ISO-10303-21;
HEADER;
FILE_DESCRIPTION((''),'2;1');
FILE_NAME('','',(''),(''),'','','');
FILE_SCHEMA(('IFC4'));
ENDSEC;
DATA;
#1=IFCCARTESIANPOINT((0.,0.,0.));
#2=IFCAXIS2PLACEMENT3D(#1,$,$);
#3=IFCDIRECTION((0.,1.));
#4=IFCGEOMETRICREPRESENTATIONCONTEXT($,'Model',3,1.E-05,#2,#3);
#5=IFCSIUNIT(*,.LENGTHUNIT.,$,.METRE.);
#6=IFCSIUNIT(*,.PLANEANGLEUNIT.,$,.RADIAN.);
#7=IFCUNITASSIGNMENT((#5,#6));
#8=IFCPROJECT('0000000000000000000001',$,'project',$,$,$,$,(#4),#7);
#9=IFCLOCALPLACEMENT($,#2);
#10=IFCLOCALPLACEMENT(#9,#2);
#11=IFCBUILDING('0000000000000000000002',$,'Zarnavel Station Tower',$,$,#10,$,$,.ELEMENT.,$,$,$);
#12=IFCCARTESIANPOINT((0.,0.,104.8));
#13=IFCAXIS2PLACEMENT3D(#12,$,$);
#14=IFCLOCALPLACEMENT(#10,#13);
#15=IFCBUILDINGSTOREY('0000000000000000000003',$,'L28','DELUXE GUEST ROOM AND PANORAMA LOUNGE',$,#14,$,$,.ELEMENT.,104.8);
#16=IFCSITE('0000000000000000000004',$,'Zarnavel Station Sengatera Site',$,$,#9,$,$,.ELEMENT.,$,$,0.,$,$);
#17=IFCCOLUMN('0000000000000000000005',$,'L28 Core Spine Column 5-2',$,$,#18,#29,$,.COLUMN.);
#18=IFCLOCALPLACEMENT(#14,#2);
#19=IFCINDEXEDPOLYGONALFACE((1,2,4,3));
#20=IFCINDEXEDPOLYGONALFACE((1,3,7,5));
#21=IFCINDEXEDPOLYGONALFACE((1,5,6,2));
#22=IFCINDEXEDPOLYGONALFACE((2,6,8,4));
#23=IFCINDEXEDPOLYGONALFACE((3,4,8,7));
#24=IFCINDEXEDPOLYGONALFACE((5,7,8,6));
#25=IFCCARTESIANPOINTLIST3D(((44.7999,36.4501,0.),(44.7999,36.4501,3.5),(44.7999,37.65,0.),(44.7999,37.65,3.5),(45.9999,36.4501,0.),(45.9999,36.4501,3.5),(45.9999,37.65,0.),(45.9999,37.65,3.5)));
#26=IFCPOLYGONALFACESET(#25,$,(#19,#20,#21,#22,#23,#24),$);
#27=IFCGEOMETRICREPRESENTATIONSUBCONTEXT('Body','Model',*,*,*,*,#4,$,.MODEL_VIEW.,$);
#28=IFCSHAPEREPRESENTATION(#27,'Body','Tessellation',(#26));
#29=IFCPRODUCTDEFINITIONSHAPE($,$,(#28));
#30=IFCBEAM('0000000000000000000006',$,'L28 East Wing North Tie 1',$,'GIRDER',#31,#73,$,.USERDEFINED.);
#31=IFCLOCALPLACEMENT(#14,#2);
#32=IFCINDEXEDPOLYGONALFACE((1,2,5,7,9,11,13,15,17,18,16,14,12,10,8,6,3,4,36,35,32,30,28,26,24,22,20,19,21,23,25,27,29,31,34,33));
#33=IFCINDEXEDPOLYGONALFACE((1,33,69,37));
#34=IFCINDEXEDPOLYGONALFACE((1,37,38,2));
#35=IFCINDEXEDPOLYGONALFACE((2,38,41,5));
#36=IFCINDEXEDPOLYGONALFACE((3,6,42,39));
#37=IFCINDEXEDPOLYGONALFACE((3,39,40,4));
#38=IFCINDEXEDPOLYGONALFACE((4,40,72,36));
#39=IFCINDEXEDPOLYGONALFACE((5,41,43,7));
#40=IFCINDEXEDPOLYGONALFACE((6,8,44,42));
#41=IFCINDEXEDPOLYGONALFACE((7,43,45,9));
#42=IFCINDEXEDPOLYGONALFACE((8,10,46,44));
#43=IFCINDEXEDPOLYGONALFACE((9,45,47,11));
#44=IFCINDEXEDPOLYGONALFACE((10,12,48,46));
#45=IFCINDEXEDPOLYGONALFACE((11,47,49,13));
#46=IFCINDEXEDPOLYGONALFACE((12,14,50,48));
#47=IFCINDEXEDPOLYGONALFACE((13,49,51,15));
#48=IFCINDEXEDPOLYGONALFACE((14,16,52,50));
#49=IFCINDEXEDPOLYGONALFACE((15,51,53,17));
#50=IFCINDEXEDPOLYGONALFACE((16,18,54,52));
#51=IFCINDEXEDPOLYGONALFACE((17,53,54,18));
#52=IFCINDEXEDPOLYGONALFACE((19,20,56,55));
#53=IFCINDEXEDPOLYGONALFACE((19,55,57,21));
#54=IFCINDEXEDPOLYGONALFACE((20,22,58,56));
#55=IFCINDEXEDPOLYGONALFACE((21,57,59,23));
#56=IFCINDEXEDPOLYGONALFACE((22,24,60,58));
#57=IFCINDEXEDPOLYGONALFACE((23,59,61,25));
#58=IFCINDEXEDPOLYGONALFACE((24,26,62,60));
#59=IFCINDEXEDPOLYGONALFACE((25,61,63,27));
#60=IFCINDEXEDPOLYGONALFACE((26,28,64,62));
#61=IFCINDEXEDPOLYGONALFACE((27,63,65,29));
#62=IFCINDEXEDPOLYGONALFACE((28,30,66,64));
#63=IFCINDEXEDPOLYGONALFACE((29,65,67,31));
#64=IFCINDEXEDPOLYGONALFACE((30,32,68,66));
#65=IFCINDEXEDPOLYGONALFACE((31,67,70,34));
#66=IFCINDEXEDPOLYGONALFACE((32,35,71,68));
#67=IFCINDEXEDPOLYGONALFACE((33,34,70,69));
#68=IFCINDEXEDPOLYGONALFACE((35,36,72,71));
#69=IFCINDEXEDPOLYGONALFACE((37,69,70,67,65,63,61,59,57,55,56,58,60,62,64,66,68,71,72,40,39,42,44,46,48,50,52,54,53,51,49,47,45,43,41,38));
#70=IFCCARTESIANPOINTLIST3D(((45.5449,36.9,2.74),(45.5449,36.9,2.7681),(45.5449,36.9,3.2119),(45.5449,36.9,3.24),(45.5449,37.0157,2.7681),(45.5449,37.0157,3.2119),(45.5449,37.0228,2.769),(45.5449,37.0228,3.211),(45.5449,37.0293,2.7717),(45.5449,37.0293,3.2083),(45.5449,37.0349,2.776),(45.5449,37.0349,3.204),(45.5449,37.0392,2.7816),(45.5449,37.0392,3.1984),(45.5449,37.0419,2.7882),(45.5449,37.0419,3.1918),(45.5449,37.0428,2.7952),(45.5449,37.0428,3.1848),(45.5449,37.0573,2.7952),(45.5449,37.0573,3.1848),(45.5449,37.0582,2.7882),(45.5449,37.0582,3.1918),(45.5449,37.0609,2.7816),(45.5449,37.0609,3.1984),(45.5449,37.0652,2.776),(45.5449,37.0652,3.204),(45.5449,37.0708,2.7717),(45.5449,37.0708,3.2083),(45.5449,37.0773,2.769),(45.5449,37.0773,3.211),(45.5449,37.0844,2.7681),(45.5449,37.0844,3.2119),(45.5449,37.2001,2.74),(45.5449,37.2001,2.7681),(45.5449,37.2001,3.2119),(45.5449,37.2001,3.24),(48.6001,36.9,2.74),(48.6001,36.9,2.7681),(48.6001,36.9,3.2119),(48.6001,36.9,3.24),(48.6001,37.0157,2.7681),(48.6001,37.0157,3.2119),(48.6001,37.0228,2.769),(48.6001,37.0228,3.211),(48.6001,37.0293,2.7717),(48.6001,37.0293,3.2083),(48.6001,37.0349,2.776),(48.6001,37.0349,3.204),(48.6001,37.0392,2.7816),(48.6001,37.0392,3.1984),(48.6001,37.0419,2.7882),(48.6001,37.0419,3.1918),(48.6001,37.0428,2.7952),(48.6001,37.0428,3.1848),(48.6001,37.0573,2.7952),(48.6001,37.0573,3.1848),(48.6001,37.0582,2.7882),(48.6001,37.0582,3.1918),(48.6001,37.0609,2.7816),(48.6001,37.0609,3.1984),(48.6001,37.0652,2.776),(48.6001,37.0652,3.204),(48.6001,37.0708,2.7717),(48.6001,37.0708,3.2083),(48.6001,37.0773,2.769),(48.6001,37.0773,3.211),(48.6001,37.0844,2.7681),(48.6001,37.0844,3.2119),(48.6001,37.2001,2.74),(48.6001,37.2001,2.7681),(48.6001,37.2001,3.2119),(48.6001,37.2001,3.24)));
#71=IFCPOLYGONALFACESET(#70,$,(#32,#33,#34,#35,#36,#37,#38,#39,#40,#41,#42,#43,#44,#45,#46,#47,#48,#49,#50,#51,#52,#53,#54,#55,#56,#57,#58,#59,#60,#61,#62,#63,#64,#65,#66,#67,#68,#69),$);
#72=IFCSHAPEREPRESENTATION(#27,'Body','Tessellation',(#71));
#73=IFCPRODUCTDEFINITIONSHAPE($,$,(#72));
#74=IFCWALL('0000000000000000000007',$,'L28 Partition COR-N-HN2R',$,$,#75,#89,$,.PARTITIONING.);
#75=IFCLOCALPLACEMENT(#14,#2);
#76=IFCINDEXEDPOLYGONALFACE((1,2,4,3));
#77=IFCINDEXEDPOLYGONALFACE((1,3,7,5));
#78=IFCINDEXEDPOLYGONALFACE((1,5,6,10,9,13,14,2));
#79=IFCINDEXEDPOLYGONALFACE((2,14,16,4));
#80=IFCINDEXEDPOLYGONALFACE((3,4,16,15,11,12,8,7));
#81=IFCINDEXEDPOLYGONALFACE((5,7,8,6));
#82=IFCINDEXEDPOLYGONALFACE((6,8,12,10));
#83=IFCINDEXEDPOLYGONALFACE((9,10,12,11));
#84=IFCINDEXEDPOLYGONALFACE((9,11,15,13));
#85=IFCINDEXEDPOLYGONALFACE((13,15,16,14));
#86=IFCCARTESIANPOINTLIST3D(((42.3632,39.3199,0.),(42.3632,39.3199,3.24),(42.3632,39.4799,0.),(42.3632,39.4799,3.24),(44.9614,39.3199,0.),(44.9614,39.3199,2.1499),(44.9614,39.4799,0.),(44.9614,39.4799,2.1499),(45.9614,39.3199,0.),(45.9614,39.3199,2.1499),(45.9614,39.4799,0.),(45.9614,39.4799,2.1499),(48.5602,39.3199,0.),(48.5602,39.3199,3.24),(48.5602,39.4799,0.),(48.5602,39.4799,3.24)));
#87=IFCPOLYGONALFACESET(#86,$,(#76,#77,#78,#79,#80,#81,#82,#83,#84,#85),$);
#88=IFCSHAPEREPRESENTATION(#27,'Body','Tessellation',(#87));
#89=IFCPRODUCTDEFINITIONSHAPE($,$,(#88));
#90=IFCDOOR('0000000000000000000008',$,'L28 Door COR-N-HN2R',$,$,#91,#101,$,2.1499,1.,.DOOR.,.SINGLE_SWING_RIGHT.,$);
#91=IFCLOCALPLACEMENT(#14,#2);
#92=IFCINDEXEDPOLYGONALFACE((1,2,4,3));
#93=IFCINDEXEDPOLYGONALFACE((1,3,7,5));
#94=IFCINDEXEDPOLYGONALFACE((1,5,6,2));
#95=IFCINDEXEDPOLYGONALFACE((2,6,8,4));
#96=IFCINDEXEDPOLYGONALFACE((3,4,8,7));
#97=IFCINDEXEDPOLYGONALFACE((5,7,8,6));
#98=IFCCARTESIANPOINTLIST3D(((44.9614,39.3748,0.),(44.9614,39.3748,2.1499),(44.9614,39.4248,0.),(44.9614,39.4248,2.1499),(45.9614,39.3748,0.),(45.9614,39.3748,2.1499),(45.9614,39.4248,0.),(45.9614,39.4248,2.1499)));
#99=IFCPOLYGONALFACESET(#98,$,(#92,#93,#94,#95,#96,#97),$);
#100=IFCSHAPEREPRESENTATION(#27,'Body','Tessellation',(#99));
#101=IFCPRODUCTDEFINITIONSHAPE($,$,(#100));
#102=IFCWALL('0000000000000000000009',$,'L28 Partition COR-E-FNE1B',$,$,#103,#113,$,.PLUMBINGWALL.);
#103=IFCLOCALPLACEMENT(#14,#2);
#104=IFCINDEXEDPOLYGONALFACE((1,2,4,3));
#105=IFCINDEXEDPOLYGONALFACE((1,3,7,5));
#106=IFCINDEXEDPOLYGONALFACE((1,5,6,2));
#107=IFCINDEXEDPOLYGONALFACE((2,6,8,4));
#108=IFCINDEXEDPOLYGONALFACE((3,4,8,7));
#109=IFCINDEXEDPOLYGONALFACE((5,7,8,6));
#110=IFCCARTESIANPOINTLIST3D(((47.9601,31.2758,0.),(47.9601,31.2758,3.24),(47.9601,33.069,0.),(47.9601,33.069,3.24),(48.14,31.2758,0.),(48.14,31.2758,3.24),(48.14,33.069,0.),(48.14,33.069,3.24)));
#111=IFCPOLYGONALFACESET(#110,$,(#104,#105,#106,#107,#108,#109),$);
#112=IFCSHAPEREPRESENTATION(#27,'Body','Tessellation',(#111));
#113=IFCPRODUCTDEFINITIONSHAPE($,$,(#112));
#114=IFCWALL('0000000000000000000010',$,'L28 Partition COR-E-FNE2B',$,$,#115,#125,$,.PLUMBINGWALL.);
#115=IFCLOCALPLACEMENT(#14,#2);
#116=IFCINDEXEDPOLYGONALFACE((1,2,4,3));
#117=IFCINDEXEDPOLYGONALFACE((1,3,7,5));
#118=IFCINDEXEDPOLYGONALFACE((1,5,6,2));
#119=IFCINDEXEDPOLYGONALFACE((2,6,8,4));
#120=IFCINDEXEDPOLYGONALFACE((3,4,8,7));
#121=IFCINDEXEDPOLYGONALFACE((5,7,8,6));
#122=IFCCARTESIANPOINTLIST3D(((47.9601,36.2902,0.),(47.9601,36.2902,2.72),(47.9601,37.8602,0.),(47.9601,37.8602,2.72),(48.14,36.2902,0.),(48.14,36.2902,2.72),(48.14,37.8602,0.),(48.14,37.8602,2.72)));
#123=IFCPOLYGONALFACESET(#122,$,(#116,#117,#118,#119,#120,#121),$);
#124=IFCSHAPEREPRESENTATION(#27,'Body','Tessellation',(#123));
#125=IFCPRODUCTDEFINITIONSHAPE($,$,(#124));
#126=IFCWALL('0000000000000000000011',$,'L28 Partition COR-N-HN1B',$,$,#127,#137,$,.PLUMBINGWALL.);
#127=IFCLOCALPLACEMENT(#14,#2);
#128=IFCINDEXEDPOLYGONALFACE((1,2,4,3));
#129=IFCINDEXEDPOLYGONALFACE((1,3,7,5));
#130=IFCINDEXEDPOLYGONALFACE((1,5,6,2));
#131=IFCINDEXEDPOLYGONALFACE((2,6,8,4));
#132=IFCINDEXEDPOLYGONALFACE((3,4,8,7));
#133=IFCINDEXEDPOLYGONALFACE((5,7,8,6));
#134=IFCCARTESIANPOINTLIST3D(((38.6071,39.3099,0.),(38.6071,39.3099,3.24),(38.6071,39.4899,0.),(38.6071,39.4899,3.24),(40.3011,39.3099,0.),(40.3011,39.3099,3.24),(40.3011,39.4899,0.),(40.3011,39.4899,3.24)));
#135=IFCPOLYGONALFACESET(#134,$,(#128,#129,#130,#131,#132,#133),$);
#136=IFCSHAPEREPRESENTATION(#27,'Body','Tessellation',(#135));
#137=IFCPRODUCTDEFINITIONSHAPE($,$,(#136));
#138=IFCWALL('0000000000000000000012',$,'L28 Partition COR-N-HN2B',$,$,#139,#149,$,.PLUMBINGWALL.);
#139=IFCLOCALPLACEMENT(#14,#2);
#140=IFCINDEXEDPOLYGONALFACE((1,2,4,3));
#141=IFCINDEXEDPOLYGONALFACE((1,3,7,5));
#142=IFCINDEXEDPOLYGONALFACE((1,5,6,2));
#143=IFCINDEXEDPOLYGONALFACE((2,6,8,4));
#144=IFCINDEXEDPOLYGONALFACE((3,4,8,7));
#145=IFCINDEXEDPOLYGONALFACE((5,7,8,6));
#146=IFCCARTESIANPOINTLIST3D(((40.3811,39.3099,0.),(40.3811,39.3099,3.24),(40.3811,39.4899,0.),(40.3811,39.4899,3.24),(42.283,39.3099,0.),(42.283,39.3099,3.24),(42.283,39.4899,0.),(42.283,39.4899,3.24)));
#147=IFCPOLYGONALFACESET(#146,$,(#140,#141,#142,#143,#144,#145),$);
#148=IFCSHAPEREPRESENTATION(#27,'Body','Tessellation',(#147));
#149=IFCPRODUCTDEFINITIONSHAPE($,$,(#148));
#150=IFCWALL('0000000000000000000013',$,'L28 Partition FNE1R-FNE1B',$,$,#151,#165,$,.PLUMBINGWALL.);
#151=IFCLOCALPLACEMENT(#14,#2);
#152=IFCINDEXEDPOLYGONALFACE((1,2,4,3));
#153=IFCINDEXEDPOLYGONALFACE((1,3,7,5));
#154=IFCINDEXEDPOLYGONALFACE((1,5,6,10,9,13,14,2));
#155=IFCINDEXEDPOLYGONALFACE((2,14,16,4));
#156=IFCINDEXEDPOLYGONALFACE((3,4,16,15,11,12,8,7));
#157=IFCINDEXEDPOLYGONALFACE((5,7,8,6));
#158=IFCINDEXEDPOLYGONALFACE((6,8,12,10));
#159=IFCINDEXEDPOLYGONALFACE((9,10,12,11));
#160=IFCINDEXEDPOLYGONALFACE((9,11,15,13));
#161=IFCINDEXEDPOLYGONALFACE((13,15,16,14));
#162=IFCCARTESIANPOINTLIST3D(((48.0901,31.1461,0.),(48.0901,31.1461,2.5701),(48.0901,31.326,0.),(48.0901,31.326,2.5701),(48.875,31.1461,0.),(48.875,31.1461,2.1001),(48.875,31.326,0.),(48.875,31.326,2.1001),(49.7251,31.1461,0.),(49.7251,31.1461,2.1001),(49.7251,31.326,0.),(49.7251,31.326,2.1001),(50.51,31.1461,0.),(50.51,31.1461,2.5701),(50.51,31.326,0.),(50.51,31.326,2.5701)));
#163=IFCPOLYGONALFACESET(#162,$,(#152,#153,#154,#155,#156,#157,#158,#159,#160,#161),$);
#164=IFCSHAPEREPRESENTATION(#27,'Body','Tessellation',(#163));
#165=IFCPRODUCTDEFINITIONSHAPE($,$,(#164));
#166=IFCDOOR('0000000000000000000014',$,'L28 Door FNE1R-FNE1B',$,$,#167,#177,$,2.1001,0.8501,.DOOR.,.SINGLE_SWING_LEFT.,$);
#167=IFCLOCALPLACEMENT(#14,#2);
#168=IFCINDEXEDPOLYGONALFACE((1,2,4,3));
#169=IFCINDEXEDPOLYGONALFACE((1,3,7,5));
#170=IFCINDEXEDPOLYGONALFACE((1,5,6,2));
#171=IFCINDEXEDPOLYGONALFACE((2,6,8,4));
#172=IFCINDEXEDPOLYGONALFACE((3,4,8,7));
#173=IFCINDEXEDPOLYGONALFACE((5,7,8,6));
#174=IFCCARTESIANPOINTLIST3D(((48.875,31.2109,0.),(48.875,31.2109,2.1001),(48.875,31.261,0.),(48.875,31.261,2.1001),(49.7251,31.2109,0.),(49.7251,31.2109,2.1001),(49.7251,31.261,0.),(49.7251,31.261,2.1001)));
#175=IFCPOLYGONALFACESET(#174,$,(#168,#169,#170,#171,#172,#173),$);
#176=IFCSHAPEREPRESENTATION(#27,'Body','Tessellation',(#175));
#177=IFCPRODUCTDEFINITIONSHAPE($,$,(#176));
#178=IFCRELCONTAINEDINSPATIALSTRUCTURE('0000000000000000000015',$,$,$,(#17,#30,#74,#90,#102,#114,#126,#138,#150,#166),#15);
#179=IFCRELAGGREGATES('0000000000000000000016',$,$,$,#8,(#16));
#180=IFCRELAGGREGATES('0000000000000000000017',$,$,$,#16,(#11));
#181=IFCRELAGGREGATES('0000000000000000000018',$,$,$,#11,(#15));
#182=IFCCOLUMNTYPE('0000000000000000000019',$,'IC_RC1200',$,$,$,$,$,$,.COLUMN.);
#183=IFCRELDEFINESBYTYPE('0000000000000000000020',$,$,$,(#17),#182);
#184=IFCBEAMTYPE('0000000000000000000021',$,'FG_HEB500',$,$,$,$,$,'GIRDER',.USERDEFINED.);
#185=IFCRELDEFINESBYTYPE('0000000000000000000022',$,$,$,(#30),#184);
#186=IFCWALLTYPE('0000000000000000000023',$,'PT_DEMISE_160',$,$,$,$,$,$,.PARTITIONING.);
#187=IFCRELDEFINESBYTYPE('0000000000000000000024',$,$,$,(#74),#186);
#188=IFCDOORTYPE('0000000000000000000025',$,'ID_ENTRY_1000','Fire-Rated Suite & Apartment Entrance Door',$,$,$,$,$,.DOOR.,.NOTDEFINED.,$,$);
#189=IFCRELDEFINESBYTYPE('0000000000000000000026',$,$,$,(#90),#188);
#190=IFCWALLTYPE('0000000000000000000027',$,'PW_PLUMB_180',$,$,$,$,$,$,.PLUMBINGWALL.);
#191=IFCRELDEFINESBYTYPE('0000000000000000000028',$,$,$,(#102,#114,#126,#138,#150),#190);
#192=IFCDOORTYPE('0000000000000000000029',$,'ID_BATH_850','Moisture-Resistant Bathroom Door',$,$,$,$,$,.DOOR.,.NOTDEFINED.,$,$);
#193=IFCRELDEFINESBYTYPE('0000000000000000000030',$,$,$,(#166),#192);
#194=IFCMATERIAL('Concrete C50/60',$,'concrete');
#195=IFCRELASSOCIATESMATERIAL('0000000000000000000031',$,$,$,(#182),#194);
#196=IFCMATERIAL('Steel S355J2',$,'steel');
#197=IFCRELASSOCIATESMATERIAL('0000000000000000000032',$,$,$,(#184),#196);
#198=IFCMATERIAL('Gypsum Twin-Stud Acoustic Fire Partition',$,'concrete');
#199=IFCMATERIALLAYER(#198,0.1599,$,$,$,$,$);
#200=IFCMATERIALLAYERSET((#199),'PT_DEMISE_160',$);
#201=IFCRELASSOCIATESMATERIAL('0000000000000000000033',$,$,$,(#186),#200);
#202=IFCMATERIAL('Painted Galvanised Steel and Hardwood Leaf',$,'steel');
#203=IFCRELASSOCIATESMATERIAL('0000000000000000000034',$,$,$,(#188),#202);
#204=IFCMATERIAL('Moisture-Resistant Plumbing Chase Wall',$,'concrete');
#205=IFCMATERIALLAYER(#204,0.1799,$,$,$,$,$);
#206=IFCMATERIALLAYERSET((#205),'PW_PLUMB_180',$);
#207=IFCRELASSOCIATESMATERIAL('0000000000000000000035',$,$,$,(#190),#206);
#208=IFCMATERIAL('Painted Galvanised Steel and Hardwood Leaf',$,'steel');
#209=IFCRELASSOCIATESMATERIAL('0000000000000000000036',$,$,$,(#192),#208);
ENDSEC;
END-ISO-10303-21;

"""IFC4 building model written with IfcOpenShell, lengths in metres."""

from ifc_helpers import new_model, si_unit, direction, frame, frame_2d, origin, origin_2d, place, context, subcontext, project, spatial, rectangle, i_section, extrude, material, layer, layer_set, material_profile, profile_set, type_object, element, fill, save


model = new_model("IFC4")

# Units and contexts
model_context = context("Model", 3, precision=1e-05, world=origin(), true_north=direction((0.0, 1.0)))
body_context = subcontext(model_context, "Body", "Model", "MODEL_VIEW")
ifc_project = project(units=[si_unit("LENGTHUNIT", "METRE"), si_unit("PLANEANGLEUNIT", "RADIAN")], contexts=[model_context])

# Site, building, storey
site_placement = place(None, origin())
site = spatial("IfcSite", under=ifc_project, at=site_placement, Name="Zarnavel Station Sengatera Site", CompositionType="ELEMENT", RefElevation=0.0)
building_placement = place(site_placement, origin())
building = spatial("IfcBuilding", under=site, at=building_placement, Name="Zarnavel Station Tower", CompositionType="ELEMENT")
storey_placement = place(building_placement, frame((0.0, 0.0, 104.8)))
storey = spatial("IfcBuildingStorey", under=building, at=storey_placement, Name="L28", Description="DELUXE GUEST ROOM AND PANORAMA LOUNGE", CompositionType="ELEMENT", Elevation=104.8)

# Column
ifc_material_1 = material(Name="Concrete C50/60", Category="concrete")
ifc_material_profile_1 = material_profile(ifc_material_1, rectangle(XDim=1.2, YDim=1.2, at=origin_2d()), Name="RC1200x1200")
ifc_profile_set_1 = profile_set([ifc_material_profile_1], Name="Concrete C50/60")
column_type = type_object("IfcColumnType", Name="IC_RC1200", PredefinedType="COLUMN", material=ifc_profile_set_1)
column_placement = place(storey_placement, frame((45.3999, 37.05, 0.0), z_axis=(0.0, 0.0, 1.0), x_axis=(1.0, 0.0, 0.0)))
element("IfcColumn", 1, at=column_placement, inside=storey, type_object=column_type, Name="L28 Core Spine Column 5-2", PredefinedType="COLUMN", context=body_context, shape_type="SweptSolid", body=[
    extrude(rectangle(XDim=1.2, YDim=1.2, at=origin_2d()), origin(), (0.0, 0.0, 1.0), 3.5),
])

# Beam
ifc_material_2 = material(Name="Steel S355J2", Category="steel")
ifc_material_profile_2 = material_profile(ifc_material_2, i_section(OverallWidth=0.3, OverallDepth=0.5, WebThickness=0.0144, FlangeThickness=0.0281, FilletRadius=0.0271, at=origin_2d()), Name="HEB500")
ifc_profile_set_2 = profile_set([ifc_material_profile_2], Name="Steel S355J2")
beam_type = type_object("IfcBeamType", Name="FG_HEB500", ElementType="GIRDER", PredefinedType="USERDEFINED", material=ifc_profile_set_2)
beam_placement = place(storey_placement, frame((45.5449, 37.05, 2.99), z_axis=(1.0, 0.0, 0.0), x_axis=(0.0, 1.0, 0.0)))
element("IfcBeam", 2, at=beam_placement, inside=storey, type_object=beam_type, Name="L28 East Wing North Tie 1", ObjectType="GIRDER", PredefinedType="USERDEFINED", context=body_context, shape_type="SweptSolid", body=[
    extrude(i_section(OverallWidth=0.3, OverallDepth=0.5, WebThickness=0.0144, FlangeThickness=0.0281, FilletRadius=0.0271, at=origin_2d()), origin(), (0.0, 0.0, 1.0), 3.0552),
])

# Wall, opening, door
ifc_material_3 = material(Name="Gypsum Twin-Stud Acoustic Fire Partition", Category="concrete")
ifc_layer_1 = layer(ifc_material_3, 0.1599)
ifc_layer_set_1 = layer_set([ifc_layer_1], Name="PT_DEMISE_160")
wall_type_1 = type_object("IfcWallType", Name="PT_DEMISE_160", PredefinedType="PARTITIONING", material=ifc_layer_set_1)
ifc_material_4 = material(Name="Painted Galvanised Steel and Hardwood Leaf", Category="steel")
door_type_1 = type_object("IfcDoorType", Name="ID_ENTRY_1000", Description="Fire-Rated Suite & Apartment Entrance Door", OperationType="NOTDEFINED", PredefinedType="DOOR", material=ifc_material_4)
wall_1_placement = place(storey_placement, frame((42.363, 39.3999, 0.0), z_axis=(0.0, 0.0, 1.0), x_axis=(1.0, 0.0, 0.0)))
wall_1 = element("IfcWall", 3, at=wall_1_placement, inside=storey, type_object=wall_type_1, Name="L28 Partition COR-N-HN2R", PredefinedType="PARTITIONING", context=body_context, shape_type="SweptSolid", body=[
    extrude(rectangle(XDim=6.197, YDim=0.1599, at=frame_2d((3.0986, 0.0))), origin(), (0.0, 0.0, 1.0), 3.24),
])
opening_1_placement = place(wall_1_placement, frame((2.5984, 0.0, 0.0)))
opening_1 = element("IfcOpeningElement", 4, at=opening_1_placement, cuts=wall_1, PredefinedType="OPENING", context=body_context, shape_type="SweptSolid", body=[
    extrude(rectangle(XDim=1.0, YDim=2.1499, at=frame_2d((0.5, 1.075))), frame((0.0, 0.0898, 0.0), z_axis=(0.0, -1.0, 0.0), x_axis=(1.0, 0.0, 0.0)), (0.0, 0.0, 1.0), 0.1799),
])
door_1_placement = place(opening_1_placement, origin())
door_1 = element("IfcDoor", 5, at=door_1_placement, inside=storey, type_object=door_type_1, Name="L28 Door COR-N-HN2R", OperationType="SINGLE_SWING_RIGHT", OverallHeight=2.1499, OverallWidth=1.0, PredefinedType="DOOR", context=body_context, shape_type="SweptSolid", body=[
    extrude(rectangle(XDim=1.0, YDim=2.1499, at=frame_2d((0.5, 1.075))), frame((0.0, 0.0249, 0.0), z_axis=(0.0, -1.0, 0.0), x_axis=(1.0, 0.0, 0.0)), (0.0, 0.0, 1.0), 0.05),
])
fill(opening_1, door_1)

# Walls
ifc_material_5 = material(Name="Moisture-Resistant Plumbing Chase Wall", Category="concrete")
ifc_layer_2 = layer(ifc_material_5, 0.1799)
ifc_layer_set_2 = layer_set([ifc_layer_2], Name="PW_PLUMB_180")
wall_type_2 = type_object("IfcWallType", Name="PW_PLUMB_180", PredefinedType="PLUMBINGWALL", material=ifc_layer_set_2)
wall_2_placement = place(storey_placement, frame((48.05, 31.2759, 0.0), z_axis=(0.0, 0.0, 1.0), x_axis=(0.0, 1.0, 0.0)))
element("IfcWall", 6, at=wall_2_placement, inside=storey, type_object=wall_type_2, Name="L28 Partition COR-E-FNE1B", PredefinedType="PLUMBINGWALL", context=body_context, shape_type="SweptSolid", body=[
    extrude(rectangle(XDim=1.7932, YDim=0.1799, at=frame_2d((0.8965, 0.0))), origin(), (0.0, 0.0, 1.0), 3.24),
])
wall_3_placement = place(storey_placement, frame((48.05, 36.29, 0.0), z_axis=(0.0, 0.0, 1.0), x_axis=(0.0, 1.0, 0.0)))
element("IfcWall", 7, at=wall_3_placement, inside=storey, type_object=wall_type_2, Name="L28 Partition COR-E-FNE2B", PredefinedType="PLUMBINGWALL", context=body_context, shape_type="SweptSolid", body=[
    extrude(rectangle(XDim=1.5701, YDim=0.1799, at=frame_2d((0.7852, 0.0))), origin(), (0.0, 0.0, 1.0), 2.72),
])
wall_4_placement = place(storey_placement, frame((38.6069, 39.3999, 0.0), z_axis=(0.0, 0.0, 1.0), x_axis=(1.0, 0.0, 0.0)))
element("IfcWall", 8, at=wall_4_placement, inside=storey, type_object=wall_type_2, Name="L28 Partition COR-N-HN1B", PredefinedType="PLUMBINGWALL", context=body_context, shape_type="SweptSolid", body=[
    extrude(rectangle(XDim=1.6941, YDim=0.1799, at=frame_2d((0.8472, 0.0))), origin(), (0.0, 0.0, 1.0), 3.24),
])
wall_5_placement = place(storey_placement, frame((40.3811, 39.3999, 0.0), z_axis=(0.0, 0.0, 1.0), x_axis=(1.0, 0.0, 0.0)))
element("IfcWall", 9, at=wall_5_placement, inside=storey, type_object=wall_type_2, Name="L28 Partition COR-N-HN2B", PredefinedType="PLUMBINGWALL", context=body_context, shape_type="SweptSolid", body=[
    extrude(rectangle(XDim=1.9019, YDim=0.1799, at=frame_2d((0.9509, 0.0))), origin(), (0.0, 0.0, 1.0), 3.24),
])

# Wall, opening, door
wall_6_placement = place(storey_placement, frame((48.0901, 31.2361, 0.0), z_axis=(0.0, 0.0, 1.0), x_axis=(1.0, 0.0, 0.0)))
wall_6 = element("IfcWall", 10, at=wall_6_placement, inside=storey, type_object=wall_type_2, Name="L28 Partition FNE1R-FNE1B", PredefinedType="PLUMBINGWALL", context=body_context, shape_type="SweptSolid", body=[
    extrude(rectangle(XDim=2.4199, YDim=0.1799, at=frame_2d((1.21, 0.0))), origin(), (0.0, 0.0, 1.0), 2.5701),
])
opening_2_placement = place(wall_6_placement, frame((0.7849, 0.0, 0.0)))
opening_2 = element("IfcOpeningElement", 11, at=opening_2_placement, cuts=wall_6, PredefinedType="OPENING", context=body_context, shape_type="SweptSolid", body=[
    extrude(rectangle(XDim=0.8501, YDim=2.1001, at=frame_2d((0.425, 1.05))), frame((0.0, 0.0999, 0.0), z_axis=(0.0, -1.0, 0.0), x_axis=(1.0, 0.0, 0.0)), (0.0, 0.0, 1.0), 0.2),
])
ifc_material_6 = material(Name="Painted Galvanised Steel and Hardwood Leaf", Category="steel")
door_type_2 = type_object("IfcDoorType", Name="ID_BATH_850", Description="Moisture-Resistant Bathroom Door", OperationType="NOTDEFINED", PredefinedType="DOOR", material=ifc_material_6)
door_2_placement = place(opening_2_placement, origin())
door_2 = element("IfcDoor", 12, at=door_2_placement, inside=storey, type_object=door_type_2, Name="L28 Door FNE1R-FNE1B", OperationType="SINGLE_SWING_LEFT", OverallHeight=2.1001, OverallWidth=0.8501, PredefinedType="DOOR", context=body_context, shape_type="SweptSolid", body=[
    extrude(rectangle(XDim=0.8501, YDim=2.1001, at=frame_2d((0.425, 1.05))), frame((0.0, 0.0249, 0.0), z_axis=(0.0, -1.0, 0.0), x_axis=(1.0, 0.0, 0.0)), (0.0, 0.0, 1.0), 0.05),
])
fill(opening_2, door_2)

save(model, "model.ifc")
